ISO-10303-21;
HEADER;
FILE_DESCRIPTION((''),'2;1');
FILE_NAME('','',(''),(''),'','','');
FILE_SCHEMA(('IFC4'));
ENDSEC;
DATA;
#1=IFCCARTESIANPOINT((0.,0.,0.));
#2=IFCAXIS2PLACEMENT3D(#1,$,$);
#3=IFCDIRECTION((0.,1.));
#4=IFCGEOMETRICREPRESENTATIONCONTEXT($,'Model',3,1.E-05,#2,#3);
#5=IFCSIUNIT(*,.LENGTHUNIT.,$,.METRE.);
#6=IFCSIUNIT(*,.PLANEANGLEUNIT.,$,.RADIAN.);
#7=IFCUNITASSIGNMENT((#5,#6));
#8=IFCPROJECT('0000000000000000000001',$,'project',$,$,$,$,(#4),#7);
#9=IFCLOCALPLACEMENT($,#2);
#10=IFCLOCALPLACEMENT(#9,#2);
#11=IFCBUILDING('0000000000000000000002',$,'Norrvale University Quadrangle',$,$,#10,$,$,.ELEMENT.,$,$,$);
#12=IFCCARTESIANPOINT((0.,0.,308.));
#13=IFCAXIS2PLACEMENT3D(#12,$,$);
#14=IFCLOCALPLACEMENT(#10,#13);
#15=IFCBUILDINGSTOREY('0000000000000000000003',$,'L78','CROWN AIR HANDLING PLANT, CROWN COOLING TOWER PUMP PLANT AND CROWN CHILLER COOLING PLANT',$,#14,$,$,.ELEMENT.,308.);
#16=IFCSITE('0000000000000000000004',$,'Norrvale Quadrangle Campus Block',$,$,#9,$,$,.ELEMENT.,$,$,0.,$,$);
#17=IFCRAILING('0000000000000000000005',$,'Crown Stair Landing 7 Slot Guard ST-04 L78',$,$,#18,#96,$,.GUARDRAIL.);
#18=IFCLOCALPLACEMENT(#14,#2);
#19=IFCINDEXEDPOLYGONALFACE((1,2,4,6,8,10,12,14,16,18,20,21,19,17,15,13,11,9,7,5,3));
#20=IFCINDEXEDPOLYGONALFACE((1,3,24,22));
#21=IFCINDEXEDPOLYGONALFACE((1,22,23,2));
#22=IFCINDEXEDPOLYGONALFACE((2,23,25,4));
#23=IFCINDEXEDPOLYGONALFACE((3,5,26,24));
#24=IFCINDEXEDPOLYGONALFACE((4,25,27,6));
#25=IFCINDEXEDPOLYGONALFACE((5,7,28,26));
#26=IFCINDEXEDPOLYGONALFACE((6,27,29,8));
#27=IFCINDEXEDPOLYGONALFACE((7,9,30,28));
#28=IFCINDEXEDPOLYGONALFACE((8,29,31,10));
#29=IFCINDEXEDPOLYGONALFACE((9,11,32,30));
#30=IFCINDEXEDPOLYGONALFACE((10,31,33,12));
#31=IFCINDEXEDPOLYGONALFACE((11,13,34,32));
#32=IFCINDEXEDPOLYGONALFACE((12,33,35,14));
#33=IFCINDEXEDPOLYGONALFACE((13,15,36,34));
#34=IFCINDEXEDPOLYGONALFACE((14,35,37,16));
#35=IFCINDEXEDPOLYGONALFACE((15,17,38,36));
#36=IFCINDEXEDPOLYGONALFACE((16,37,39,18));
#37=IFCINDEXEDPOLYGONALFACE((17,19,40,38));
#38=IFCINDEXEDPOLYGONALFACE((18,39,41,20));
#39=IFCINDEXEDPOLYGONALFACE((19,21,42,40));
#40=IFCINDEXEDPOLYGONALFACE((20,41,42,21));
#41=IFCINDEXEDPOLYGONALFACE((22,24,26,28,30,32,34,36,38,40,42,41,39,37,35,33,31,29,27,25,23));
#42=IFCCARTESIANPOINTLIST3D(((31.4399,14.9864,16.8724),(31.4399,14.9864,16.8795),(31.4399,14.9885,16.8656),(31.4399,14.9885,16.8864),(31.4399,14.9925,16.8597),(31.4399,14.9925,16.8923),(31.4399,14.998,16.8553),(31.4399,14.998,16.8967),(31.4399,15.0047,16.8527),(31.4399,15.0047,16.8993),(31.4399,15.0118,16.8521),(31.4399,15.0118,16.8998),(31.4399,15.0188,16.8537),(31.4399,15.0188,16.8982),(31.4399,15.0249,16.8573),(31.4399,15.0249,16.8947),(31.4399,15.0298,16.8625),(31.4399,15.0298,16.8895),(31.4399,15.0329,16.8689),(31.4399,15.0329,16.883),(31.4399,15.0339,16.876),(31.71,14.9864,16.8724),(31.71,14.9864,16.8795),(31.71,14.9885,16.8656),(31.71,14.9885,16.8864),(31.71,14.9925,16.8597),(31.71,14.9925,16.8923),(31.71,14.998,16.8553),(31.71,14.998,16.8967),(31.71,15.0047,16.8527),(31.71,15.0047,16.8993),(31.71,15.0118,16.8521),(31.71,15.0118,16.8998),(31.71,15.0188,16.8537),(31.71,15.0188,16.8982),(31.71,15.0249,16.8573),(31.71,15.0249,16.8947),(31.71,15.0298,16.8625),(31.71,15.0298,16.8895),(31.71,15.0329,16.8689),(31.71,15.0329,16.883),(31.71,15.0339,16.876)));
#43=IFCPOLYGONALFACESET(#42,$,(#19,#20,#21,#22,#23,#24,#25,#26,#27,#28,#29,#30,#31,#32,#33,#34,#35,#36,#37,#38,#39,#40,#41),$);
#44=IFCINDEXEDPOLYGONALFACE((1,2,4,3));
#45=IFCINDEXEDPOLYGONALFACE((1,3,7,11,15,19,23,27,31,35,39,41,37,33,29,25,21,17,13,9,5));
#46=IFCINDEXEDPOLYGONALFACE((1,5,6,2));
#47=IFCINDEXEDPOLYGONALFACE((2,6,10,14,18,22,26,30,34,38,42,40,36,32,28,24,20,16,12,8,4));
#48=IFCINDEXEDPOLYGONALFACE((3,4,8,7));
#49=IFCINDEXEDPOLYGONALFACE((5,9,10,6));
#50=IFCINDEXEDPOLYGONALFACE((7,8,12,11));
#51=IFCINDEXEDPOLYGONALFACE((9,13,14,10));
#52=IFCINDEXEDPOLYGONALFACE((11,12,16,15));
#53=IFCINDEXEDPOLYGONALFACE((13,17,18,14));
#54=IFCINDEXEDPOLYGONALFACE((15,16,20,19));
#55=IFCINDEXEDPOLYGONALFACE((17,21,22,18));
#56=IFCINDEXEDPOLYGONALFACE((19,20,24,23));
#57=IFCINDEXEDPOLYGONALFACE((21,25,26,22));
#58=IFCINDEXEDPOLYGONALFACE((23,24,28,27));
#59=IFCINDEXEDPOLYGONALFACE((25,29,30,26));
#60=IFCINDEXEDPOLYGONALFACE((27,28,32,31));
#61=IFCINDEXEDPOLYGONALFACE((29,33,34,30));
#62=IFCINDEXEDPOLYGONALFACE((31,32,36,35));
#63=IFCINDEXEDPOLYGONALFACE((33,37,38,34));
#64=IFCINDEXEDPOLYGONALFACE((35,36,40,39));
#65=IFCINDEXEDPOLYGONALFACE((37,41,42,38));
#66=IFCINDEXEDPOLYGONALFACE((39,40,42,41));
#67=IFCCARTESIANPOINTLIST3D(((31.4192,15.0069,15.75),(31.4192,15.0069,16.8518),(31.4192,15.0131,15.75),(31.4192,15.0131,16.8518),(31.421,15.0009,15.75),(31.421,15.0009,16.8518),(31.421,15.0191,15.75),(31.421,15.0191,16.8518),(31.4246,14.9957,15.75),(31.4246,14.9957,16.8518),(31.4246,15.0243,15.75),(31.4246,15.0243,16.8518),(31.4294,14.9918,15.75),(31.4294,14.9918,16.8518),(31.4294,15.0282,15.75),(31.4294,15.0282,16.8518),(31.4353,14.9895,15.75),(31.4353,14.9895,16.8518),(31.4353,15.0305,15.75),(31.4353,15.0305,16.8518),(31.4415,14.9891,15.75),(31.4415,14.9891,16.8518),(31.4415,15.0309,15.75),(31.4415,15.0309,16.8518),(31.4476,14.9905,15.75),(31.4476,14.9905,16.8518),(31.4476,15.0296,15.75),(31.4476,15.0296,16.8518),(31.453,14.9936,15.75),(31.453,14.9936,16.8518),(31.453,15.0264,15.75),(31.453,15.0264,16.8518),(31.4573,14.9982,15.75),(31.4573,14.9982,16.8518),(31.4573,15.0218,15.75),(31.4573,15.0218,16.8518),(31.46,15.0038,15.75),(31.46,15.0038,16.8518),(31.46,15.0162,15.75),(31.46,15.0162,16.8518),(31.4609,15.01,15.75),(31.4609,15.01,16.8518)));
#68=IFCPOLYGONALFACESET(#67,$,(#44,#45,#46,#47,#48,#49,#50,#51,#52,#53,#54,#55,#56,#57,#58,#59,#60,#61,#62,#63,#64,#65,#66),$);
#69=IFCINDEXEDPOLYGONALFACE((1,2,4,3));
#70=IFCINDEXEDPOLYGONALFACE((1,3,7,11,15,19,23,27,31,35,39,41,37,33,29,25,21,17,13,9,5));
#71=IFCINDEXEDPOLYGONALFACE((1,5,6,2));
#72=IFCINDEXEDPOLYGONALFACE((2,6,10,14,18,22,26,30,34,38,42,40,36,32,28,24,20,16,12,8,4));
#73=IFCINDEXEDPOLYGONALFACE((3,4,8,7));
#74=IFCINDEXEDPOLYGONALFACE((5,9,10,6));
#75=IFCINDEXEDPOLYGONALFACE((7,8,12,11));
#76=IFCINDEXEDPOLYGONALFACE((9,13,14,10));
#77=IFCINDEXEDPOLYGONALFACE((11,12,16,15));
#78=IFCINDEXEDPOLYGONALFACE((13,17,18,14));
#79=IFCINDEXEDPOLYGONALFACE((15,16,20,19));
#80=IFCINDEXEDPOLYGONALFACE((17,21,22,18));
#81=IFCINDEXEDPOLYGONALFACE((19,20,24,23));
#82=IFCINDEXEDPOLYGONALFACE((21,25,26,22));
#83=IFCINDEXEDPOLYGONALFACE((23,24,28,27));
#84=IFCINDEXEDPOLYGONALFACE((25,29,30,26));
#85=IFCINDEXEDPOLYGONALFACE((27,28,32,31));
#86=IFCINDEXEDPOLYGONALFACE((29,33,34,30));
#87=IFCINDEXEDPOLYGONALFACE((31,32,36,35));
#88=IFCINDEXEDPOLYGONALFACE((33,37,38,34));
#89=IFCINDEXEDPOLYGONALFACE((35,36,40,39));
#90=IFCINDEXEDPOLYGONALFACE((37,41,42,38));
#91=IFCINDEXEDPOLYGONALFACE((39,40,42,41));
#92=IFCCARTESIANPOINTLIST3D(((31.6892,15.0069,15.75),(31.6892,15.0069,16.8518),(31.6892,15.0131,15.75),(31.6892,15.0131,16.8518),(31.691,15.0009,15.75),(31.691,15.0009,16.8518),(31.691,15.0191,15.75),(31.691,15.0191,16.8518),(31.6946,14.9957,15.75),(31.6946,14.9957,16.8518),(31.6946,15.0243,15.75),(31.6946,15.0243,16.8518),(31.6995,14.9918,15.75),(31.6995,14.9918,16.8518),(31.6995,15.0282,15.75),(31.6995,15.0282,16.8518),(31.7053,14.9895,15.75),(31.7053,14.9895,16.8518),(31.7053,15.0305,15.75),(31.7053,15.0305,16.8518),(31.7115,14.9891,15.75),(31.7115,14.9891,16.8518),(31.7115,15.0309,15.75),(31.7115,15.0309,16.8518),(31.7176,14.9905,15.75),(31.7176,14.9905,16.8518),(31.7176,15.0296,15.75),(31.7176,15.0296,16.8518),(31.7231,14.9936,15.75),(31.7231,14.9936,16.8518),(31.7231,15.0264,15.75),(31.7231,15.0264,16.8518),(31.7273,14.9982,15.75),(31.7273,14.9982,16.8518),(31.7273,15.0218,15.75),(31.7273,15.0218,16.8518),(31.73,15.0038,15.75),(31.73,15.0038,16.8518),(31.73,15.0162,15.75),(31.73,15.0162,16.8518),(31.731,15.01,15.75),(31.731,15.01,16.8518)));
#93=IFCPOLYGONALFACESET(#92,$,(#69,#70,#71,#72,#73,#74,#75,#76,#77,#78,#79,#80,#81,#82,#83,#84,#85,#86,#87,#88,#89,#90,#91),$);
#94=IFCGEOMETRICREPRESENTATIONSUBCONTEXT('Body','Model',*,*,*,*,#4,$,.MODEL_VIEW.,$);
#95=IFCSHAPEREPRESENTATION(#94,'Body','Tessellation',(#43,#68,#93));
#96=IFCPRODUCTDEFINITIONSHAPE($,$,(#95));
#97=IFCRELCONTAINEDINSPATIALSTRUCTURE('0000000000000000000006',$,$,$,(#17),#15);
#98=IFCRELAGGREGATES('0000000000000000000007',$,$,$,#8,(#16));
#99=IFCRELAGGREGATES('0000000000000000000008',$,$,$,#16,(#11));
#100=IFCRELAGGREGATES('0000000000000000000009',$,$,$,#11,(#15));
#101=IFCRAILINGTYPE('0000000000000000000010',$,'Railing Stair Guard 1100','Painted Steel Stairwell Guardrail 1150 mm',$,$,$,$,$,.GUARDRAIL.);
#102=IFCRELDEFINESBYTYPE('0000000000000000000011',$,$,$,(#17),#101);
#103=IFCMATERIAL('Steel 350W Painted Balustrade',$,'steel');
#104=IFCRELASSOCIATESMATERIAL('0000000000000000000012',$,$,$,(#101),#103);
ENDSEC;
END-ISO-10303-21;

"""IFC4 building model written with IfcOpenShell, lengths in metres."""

from ifc_helpers import new_model, si_unit, direction, frame, origin, origin_2d, place, context, subcontext, project, spatial, circle, extrude, material, type_object, element, save


model = new_model("IFC4")

# Units and contexts
model_context = context("Model", 3, precision=1e-05, world=origin(), true_north=direction((0.0, 1.0)))
body_context = subcontext(model_context, "Body", "Model", "MODEL_VIEW")
ifc_project = project(units=[si_unit("LENGTHUNIT", "METRE"), si_unit("PLANEANGLEUNIT", "RADIAN")], contexts=[model_context])

# Site, building, storey
site_placement = place(None, origin())
site = spatial("IfcSite", under=ifc_project, at=site_placement, Name="Norrvale Quadrangle Campus Block", CompositionType="ELEMENT", RefElevation=0.0)
building_placement = place(site_placement, origin())
building = spatial("IfcBuilding", under=site, at=building_placement, Name="Norrvale University Quadrangle", CompositionType="ELEMENT")
storey_placement = place(building_placement, frame((0.0, 0.0, 308.0)))
storey = spatial("IfcBuildingStorey", under=building, at=storey_placement, Name="L78", Description="CROWN AIR HANDLING PLANT, CROWN COOLING TOWER PUMP PLANT AND CROWN CHILLER COOLING PLANT", CompositionType="ELEMENT", Elevation=308.0)

# Railing
ifc_material_1 = material(Name="Steel 350W Painted Balustrade", Category="steel")
railing_type_1 = type_object("IfcRailingType", Name="Railing Stair Guard 1100", Description="Painted Steel Stairwell Guardrail 1150 mm", PredefinedType="GUARDRAIL", material=ifc_material_1)
railing_1_placement = place(storey_placement, frame((31.4399, 15.01, 15.75)))
element("IfcRailing", 1, at=railing_1_placement, inside=storey, type_object=railing_type_1, Name="Crown Stair Landing 7 Slot Guard ST-04 L78", PredefinedType="GUARDRAIL", context=body_context, shape_type="SweptSolid", body=[
    extrude(circle(Radius=0.0239, at=origin_2d()), frame((0.0, 0.0, 1.126), z_axis=(1.0, 0.0, 0.0), x_axis=(0.0, 1.0, 0.0)), (0.0, 0.0, 1.0), 0.27),
    extrude(circle(Radius=0.021, at=origin_2d()), origin(), (0.0, 0.0, 1.0), 1.1018),
    extrude(circle(Radius=0.021, at=origin_2d()), frame((0.27, 0.0, 0.0)), (0.0, 0.0, 1.0), 1.1018),
])

save(model, "model.ifc")
